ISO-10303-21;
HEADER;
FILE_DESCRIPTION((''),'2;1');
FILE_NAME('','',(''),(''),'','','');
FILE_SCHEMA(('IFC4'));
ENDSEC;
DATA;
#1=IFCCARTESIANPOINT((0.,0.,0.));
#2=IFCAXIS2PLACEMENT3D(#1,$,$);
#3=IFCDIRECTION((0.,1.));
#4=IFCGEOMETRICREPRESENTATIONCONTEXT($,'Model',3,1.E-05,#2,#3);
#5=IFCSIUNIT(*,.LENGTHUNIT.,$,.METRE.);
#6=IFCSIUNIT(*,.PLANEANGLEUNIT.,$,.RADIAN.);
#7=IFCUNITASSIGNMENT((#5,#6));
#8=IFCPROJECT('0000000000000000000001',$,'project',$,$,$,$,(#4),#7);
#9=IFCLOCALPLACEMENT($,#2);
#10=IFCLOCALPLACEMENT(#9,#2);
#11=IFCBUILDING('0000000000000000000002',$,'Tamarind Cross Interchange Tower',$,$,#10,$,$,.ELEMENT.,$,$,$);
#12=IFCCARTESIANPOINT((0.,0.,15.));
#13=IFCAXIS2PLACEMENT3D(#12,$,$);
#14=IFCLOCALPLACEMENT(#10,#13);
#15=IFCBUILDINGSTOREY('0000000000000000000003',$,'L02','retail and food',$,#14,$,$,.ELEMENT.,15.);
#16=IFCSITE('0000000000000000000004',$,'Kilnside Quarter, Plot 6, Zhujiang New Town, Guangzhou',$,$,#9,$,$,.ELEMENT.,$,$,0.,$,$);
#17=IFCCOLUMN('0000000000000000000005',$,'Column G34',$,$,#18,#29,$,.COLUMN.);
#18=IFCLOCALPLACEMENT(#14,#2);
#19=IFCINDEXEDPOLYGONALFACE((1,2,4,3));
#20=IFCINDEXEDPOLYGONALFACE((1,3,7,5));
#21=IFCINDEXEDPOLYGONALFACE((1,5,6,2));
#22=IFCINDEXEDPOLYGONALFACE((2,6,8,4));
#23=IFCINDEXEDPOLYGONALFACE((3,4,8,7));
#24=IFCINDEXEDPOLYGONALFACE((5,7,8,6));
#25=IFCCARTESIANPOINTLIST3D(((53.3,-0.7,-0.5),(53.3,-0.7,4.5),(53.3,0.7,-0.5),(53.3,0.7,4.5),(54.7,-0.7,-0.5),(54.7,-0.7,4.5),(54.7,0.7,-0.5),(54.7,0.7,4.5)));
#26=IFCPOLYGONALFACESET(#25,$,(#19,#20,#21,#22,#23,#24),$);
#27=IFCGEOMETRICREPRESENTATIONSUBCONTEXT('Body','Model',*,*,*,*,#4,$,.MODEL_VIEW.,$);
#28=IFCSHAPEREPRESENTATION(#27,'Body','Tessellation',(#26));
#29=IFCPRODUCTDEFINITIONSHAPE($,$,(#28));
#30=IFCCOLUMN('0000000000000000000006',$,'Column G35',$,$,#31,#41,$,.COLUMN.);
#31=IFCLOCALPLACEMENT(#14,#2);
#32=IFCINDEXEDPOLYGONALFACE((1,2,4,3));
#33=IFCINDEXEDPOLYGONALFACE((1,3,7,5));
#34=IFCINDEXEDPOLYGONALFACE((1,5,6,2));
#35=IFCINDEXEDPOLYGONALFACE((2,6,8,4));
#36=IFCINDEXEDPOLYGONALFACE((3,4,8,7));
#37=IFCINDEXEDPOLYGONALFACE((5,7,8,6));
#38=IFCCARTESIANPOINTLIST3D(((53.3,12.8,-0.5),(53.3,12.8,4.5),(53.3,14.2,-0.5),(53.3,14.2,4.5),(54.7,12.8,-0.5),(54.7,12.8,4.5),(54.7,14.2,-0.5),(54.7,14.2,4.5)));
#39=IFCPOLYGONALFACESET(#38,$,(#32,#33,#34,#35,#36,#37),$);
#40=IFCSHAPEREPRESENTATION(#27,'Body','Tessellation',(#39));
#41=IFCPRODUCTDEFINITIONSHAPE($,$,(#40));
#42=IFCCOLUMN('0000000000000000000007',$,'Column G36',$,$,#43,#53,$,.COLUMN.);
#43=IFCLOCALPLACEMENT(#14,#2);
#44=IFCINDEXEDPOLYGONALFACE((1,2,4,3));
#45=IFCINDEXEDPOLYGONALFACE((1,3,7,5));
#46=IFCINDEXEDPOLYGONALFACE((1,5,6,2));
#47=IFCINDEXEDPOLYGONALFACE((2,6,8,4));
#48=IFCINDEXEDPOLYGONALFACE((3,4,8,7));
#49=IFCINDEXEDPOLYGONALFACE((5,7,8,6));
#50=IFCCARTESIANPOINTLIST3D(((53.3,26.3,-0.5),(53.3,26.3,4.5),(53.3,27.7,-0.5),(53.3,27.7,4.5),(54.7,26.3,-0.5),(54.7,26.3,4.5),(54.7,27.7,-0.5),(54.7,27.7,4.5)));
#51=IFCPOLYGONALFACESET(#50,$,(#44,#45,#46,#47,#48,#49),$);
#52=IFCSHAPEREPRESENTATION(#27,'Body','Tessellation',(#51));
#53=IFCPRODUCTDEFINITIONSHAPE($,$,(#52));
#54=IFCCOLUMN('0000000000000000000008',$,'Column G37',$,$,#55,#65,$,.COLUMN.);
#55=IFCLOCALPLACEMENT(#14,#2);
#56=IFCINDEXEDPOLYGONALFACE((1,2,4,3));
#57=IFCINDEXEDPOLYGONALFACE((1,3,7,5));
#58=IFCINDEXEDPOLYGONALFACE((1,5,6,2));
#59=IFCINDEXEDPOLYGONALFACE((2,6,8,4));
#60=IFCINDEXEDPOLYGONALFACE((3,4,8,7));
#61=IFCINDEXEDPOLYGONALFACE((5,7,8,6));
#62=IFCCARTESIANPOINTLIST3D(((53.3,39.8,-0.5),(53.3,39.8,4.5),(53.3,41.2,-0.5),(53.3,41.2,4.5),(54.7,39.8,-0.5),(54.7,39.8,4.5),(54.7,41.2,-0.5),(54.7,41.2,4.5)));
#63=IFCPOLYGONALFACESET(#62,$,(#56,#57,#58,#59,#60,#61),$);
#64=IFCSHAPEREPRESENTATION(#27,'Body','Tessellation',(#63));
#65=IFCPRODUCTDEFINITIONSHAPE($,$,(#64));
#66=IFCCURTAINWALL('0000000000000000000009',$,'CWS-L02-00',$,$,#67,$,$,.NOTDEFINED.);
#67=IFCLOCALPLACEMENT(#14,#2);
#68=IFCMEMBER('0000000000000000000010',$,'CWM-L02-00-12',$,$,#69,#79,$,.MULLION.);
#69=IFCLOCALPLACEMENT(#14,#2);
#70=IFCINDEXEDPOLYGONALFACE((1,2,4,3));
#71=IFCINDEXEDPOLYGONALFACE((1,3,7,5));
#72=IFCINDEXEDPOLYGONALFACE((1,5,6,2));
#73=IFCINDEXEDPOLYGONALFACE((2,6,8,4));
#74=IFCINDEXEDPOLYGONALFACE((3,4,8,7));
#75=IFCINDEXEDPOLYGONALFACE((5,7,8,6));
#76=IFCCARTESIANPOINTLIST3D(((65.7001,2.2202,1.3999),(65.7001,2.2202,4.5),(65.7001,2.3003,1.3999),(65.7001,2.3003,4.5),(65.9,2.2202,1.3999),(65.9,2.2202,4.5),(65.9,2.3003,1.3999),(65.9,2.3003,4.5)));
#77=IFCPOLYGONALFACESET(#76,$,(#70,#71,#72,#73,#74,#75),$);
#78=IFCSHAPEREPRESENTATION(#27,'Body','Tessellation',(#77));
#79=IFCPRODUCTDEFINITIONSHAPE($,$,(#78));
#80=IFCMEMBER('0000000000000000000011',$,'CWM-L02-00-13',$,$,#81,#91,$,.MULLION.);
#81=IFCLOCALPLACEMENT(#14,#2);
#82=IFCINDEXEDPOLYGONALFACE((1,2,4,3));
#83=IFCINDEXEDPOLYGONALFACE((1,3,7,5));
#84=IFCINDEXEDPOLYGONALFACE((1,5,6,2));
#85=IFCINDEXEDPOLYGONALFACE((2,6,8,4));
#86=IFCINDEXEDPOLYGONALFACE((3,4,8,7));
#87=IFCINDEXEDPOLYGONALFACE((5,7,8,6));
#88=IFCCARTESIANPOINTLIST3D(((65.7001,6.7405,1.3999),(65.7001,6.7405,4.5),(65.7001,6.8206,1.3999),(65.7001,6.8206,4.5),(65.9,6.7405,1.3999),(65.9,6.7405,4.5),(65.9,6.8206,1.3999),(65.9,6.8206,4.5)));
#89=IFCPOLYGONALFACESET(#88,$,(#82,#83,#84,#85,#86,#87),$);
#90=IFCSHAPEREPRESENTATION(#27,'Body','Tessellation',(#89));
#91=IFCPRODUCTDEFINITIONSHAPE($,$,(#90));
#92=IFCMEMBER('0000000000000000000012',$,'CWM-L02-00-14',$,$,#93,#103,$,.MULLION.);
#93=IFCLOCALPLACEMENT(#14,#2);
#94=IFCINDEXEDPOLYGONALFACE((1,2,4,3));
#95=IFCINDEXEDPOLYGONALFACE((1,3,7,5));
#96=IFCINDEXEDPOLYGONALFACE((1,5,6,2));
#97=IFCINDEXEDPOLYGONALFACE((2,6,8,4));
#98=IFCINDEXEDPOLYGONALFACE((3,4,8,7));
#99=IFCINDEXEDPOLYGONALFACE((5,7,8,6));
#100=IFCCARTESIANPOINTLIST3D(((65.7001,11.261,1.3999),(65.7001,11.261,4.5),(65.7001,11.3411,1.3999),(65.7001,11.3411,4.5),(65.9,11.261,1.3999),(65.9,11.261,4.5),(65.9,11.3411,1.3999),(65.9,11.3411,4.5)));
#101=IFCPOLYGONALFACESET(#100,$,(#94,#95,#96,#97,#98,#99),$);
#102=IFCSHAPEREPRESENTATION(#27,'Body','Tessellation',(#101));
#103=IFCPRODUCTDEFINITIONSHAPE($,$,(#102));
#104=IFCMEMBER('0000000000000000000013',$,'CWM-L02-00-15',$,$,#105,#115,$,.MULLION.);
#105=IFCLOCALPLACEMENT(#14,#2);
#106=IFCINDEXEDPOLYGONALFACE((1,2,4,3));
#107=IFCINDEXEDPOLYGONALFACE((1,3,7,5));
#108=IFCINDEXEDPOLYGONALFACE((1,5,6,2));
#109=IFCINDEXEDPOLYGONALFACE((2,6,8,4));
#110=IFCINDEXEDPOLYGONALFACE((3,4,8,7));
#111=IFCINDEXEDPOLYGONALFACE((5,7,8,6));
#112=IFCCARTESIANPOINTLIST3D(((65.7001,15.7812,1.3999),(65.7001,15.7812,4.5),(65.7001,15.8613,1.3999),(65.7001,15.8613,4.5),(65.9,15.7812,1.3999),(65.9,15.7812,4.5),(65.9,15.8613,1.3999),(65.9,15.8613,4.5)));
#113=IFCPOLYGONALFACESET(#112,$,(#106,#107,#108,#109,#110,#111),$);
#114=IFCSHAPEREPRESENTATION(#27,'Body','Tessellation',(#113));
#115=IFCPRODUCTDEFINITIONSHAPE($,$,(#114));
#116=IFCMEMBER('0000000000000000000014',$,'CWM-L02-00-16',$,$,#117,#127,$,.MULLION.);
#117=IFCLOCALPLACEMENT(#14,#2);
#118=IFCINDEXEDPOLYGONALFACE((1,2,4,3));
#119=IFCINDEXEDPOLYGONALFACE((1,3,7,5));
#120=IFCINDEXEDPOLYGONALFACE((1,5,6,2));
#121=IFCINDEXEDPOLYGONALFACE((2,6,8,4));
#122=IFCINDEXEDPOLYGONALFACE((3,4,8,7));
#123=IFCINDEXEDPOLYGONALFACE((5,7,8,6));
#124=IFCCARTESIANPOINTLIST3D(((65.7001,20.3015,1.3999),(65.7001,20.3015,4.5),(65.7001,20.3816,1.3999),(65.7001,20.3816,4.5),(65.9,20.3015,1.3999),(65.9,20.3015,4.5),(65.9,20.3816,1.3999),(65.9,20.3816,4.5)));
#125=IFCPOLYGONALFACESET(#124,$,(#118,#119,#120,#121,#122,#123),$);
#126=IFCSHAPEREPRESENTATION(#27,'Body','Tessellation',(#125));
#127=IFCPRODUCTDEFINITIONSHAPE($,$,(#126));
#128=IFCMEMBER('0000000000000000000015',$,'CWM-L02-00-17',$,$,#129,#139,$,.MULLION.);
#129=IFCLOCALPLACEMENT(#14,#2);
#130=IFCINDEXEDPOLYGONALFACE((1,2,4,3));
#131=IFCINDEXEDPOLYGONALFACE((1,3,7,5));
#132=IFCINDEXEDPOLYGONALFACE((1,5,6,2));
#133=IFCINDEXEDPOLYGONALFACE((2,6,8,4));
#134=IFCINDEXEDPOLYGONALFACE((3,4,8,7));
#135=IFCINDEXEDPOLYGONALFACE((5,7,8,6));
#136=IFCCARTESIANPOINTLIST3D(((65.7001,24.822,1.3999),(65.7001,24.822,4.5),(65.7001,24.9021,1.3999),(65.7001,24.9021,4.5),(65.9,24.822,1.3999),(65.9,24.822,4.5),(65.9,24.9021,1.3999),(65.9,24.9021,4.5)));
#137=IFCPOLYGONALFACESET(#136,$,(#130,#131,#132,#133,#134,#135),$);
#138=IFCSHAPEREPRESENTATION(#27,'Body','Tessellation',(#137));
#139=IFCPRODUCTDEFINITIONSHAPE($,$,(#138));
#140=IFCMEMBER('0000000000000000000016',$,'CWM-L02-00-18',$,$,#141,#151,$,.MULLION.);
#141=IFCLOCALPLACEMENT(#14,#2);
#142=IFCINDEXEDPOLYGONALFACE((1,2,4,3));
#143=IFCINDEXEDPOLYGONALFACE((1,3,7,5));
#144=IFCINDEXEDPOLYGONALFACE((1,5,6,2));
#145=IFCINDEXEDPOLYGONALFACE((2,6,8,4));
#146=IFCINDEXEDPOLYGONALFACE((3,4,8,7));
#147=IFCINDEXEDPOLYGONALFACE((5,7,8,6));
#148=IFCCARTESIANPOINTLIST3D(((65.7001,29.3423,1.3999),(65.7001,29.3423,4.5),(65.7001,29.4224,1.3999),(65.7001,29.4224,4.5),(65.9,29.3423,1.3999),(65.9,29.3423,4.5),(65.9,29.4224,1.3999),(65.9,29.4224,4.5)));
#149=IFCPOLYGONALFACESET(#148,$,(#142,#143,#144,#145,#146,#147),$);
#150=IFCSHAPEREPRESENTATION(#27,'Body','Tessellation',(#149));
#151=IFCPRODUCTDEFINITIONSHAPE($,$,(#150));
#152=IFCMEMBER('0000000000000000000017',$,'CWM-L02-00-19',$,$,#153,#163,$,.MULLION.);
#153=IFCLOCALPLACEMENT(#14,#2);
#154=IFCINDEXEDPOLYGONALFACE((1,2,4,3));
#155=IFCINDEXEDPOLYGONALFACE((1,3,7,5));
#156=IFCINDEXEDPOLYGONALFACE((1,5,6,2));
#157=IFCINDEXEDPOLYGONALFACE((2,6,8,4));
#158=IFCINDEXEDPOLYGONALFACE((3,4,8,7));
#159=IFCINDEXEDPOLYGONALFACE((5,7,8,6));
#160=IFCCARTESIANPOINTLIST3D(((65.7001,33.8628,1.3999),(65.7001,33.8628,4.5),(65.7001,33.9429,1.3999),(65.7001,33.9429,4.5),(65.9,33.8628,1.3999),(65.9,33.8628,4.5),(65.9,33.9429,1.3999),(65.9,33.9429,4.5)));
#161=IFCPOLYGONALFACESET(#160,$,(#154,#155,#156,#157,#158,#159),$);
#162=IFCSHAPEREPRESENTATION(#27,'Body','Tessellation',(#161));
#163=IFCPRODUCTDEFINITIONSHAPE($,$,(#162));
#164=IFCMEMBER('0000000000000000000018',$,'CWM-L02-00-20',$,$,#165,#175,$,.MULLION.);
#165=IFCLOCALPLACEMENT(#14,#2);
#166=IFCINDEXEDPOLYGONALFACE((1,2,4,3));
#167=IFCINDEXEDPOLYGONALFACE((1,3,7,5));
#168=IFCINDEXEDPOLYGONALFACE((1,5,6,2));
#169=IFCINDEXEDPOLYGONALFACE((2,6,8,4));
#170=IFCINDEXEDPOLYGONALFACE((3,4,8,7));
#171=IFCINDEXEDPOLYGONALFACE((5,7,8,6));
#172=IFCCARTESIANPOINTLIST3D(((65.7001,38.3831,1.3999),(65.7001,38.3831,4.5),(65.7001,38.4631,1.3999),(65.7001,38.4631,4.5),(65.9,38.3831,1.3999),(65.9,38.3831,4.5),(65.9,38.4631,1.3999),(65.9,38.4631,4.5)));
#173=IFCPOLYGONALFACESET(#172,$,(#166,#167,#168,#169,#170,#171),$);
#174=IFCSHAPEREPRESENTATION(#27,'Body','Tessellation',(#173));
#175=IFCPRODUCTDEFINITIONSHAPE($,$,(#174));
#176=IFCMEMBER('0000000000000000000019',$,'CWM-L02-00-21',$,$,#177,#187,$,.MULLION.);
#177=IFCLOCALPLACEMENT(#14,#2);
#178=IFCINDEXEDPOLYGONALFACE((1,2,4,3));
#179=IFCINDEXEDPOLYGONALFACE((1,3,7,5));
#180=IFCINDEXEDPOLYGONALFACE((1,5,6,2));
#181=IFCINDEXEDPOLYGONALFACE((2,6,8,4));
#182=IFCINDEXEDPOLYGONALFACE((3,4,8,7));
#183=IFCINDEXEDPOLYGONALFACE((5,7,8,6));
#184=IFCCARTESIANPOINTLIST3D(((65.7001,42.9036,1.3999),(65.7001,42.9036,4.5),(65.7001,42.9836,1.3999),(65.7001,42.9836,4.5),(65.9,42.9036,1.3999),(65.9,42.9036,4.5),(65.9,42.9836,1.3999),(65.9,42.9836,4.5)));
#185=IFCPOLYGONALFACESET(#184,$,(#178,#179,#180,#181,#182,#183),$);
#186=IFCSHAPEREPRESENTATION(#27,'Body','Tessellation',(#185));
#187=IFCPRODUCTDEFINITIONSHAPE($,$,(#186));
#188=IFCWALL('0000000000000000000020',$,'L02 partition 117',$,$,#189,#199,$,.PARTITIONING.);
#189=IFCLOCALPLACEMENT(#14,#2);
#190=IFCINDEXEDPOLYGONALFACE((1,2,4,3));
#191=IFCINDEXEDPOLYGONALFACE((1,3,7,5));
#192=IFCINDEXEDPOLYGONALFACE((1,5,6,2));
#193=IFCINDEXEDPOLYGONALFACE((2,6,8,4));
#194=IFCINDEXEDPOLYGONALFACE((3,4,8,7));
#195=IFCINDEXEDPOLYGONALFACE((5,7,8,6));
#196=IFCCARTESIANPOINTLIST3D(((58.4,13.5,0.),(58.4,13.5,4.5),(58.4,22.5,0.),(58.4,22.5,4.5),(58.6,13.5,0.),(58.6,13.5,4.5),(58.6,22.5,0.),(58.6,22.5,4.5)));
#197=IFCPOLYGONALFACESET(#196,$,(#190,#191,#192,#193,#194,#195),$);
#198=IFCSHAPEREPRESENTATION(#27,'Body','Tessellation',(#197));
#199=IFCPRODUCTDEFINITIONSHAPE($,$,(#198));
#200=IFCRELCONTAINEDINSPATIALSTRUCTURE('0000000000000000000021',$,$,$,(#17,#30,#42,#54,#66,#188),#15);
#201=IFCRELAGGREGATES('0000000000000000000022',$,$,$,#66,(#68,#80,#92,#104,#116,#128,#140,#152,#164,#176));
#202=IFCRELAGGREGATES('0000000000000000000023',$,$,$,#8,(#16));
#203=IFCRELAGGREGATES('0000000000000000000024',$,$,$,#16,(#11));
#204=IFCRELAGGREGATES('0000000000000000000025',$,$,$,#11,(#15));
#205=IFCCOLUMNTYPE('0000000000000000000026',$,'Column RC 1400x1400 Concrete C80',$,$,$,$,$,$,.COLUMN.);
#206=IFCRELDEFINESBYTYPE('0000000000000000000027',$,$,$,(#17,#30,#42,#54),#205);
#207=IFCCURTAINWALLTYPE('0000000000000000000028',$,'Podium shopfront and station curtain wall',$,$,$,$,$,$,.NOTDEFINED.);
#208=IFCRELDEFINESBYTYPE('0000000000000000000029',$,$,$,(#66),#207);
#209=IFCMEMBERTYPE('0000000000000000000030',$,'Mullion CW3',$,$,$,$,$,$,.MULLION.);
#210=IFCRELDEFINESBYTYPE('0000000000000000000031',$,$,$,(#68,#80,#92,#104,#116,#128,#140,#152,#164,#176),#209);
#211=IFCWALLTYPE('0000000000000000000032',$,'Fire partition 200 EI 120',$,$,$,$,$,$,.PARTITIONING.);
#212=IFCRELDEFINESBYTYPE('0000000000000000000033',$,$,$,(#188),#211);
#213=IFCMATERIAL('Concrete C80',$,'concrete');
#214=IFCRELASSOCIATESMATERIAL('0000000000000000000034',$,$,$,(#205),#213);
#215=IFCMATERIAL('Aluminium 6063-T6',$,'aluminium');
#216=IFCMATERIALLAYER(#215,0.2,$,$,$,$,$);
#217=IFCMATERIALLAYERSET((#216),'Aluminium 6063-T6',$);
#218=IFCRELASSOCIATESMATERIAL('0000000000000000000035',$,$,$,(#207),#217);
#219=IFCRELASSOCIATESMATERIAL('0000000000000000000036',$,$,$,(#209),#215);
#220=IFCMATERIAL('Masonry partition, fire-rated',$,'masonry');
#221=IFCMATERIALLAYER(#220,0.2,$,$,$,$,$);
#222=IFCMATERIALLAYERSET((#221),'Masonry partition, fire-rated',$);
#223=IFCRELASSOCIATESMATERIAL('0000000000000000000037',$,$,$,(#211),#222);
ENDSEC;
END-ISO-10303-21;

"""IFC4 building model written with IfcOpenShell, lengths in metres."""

from ifc_helpers import new_model, si_unit, direction, frame, frame_2d, origin, origin_2d, place, context, subcontext, project, spatial, rectangle, extrude, material, layer, layer_set, material_profile, profile_set, type_object, element, aggregate, save


model = new_model("IFC4")

# Units and contexts
model_context = context("Model", 3, precision=1e-05, world=origin(), true_north=direction((0.0, 1.0)))
body_context = subcontext(model_context, "Body", "Model", "MODEL_VIEW")
ifc_project = project(units=[si_unit("LENGTHUNIT", "METRE"), si_unit("PLANEANGLEUNIT", "RADIAN")], contexts=[model_context])

# Site, building, storey
site_placement = place(None, origin())
site = spatial("IfcSite", under=ifc_project, at=site_placement, Name="Kilnside Quarter, Plot 6, Zhujiang New Town, Guangzhou", CompositionType="ELEMENT", RefElevation=0.0)
building_placement = place(site_placement, origin())
building = spatial("IfcBuilding", under=site, at=building_placement, Name="Tamarind Cross Interchange Tower", CompositionType="ELEMENT")
storey_placement = place(building_placement, frame((0.0, 0.0, 15.0)))
storey = spatial("IfcBuildingStorey", under=building, at=storey_placement, Name="L02", Description="retail and food", CompositionType="ELEMENT", Elevation=15.0)

# Columns
ifc_material_1 = material(Name="Concrete C80", Category="concrete")
ifc_material_profile_1 = material_profile(ifc_material_1, rectangle(XDim=1.3999, YDim=1.3999, at=origin_2d()), Name="RC 1400x1400")
ifc_profile_set_1 = profile_set([ifc_material_profile_1], Name="Concrete C80")
column_type = type_object("IfcColumnType", Name="Column RC 1400x1400 Concrete C80", PredefinedType="COLUMN", material=ifc_profile_set_1)
for number, where, z_axis, x_axis, name in (
    (1, (54.0, 0.0, -0.5), (0.0, 0.0, 1.0), (1.0, 0.0, 0.0), "Column G34"),
    (2, (54.0, 13.5, -0.5), (0.0, 0.0, 1.0), (1.0, 0.0, 0.0), "Column G35"),
    (3, (54.0, 27.0, -0.5), (0.0, 0.0, 1.0), (1.0, 0.0, 0.0), "Column G36"),
    (4, (54.0, 40.5, -0.5), (0.0, 0.0, 1.0), (1.0, 0.0, 0.0), "Column G37"),
):
    element("IfcColumn", number, at=place(storey_placement, frame(where, z_axis=z_axis, x_axis=x_axis)), inside=storey, type_object=column_type, Name=name, PredefinedType="COLUMN", context=body_context, shape_type="SweptSolid", body=[
        extrude(rectangle(XDim=1.3999, YDim=1.3999, at=origin_2d()), origin(), (0.0, 0.0, 1.0), 5.0),
    ])

# Curtain wall, members
ifc_material_2 = material(Name="Aluminium 6063-T6", Category="aluminium")
ifc_layer_1 = layer(ifc_material_2, 0.2)
ifc_layer_set_1 = layer_set([ifc_layer_1], Name="Aluminium 6063-T6")
curtain_wall_type = type_object("IfcCurtainWallType", Name="Podium shopfront and station curtain wall", PredefinedType="NOTDEFINED", material=ifc_layer_set_1)
curtain_wall_placement = place(storey_placement, origin())
curtain_wall = element("IfcCurtainWall", 5, at=curtain_wall_placement, inside=storey, type_object=curtain_wall_type, Name="CWS-L02-00", PredefinedType="NOTDEFINED")
ifc_material_profile_2 = material_profile(ifc_material_2, rectangle(XDim=0.0801, YDim=0.2, at=origin_2d()), Name="Mullion CW3")
ifc_profile_set_2 = profile_set([ifc_material_profile_2], Name="Aluminium 6063-T6")
member_type = type_object("IfcMemberType", Name="Mullion CW3", PredefinedType="MULLION", material=ifc_profile_set_2)
member_1_placement = place(storey_placement, frame((65.8, 2.2603, 1.3999), z_axis=(0.0, 0.0, 1.0), x_axis=(0.0, 1.0, 0.0)))
member_1 = element("IfcMember", 6, at=member_1_placement, type_object=member_type, Name="CWM-L02-00-12", PredefinedType="MULLION", context=body_context, shape_type="SweptSolid", body=[
    extrude(rectangle(XDim=0.0801, YDim=0.2, at=origin_2d()), origin(), (0.0, 0.0, 1.0), 3.1001),
])
member_2_placement = place(storey_placement, frame((65.8, 6.7805, 1.3999), z_axis=(0.0, 0.0, 1.0), x_axis=(0.0, 1.0, 0.0)))
member_2 = element("IfcMember", 7, at=member_2_placement, type_object=member_type, Name="CWM-L02-00-13", PredefinedType="MULLION", context=body_context, shape_type="SweptSolid", body=[
    extrude(rectangle(XDim=0.0801, YDim=0.2, at=origin_2d()), origin(), (0.0, 0.0, 1.0), 3.1001),
])
member_3_placement = place(storey_placement, frame((65.8, 11.301, 1.3999), z_axis=(0.0, 0.0, 1.0), x_axis=(0.0, 1.0, 0.0)))
member_3 = element("IfcMember", 8, at=member_3_placement, type_object=member_type, Name="CWM-L02-00-14", PredefinedType="MULLION", context=body_context, shape_type="SweptSolid", body=[
    extrude(rectangle(XDim=0.0801, YDim=0.2, at=origin_2d()), origin(), (0.0, 0.0, 1.0), 3.1001),
])
member_4_placement = place(storey_placement, frame((65.8, 15.8213, 1.3999), z_axis=(0.0, 0.0, 1.0), x_axis=(0.0, 1.0, 0.0)))
member_4 = element("IfcMember", 9, at=member_4_placement, type_object=member_type, Name="CWM-L02-00-15", PredefinedType="MULLION", context=body_context, shape_type="SweptSolid", body=[
    extrude(rectangle(XDim=0.0801, YDim=0.2, at=origin_2d()), origin(), (0.0, 0.0, 1.0), 3.1001),
])
member_5_placement = place(storey_placement, frame((65.8, 20.3416, 1.3999), z_axis=(0.0, 0.0, 1.0), x_axis=(0.0, 1.0, 0.0)))
member_5 = element("IfcMember", 10, at=member_5_placement, type_object=member_type, Name="CWM-L02-00-16", PredefinedType="MULLION", context=body_context, shape_type="SweptSolid", body=[
    extrude(rectangle(XDim=0.0801, YDim=0.2, at=origin_2d()), origin(), (0.0, 0.0, 1.0), 3.1001),
])
member_6_placement = place(storey_placement, frame((65.8, 24.8621, 1.3999), z_axis=(0.0, 0.0, 1.0), x_axis=(0.0, 1.0, 0.0)))
member_6 = element("IfcMember", 11, at=member_6_placement, type_object=member_type, Name="CWM-L02-00-17", PredefinedType="MULLION", context=body_context, shape_type="SweptSolid", body=[
    extrude(rectangle(XDim=0.0801, YDim=0.2, at=origin_2d()), origin(), (0.0, 0.0, 1.0), 3.1001),
])
member_7_placement = place(storey_placement, frame((65.8, 29.3823, 1.3999), z_axis=(0.0, 0.0, 1.0), x_axis=(0.0, 1.0, 0.0)))
member_7 = element("IfcMember", 12, at=member_7_placement, type_object=member_type, Name="CWM-L02-00-18", PredefinedType="MULLION", context=body_context, shape_type="SweptSolid", body=[
    extrude(rectangle(XDim=0.0801, YDim=0.2, at=origin_2d()), origin(), (0.0, 0.0, 1.0), 3.1001),
])
member_8_placement = place(storey_placement, frame((65.8, 33.9028, 1.3999), z_axis=(0.0, 0.0, 1.0), x_axis=(0.0, 1.0, 0.0)))
member_8 = element("IfcMember", 13, at=member_8_placement, type_object=member_type, Name="CWM-L02-00-19", PredefinedType="MULLION", context=body_context, shape_type="SweptSolid", body=[
    extrude(rectangle(XDim=0.0801, YDim=0.2, at=origin_2d()), origin(), (0.0, 0.0, 1.0), 3.1001),
])
member_9_placement = place(storey_placement, frame((65.8, 38.4231, 1.3999), z_axis=(0.0, 0.0, 1.0), x_axis=(0.0, 1.0, 0.0)))
member_9 = element("IfcMember", 14, at=member_9_placement, type_object=member_type, Name="CWM-L02-00-20", PredefinedType="MULLION", context=body_context, shape_type="SweptSolid", body=[
    extrude(rectangle(XDim=0.0801, YDim=0.2, at=origin_2d()), origin(), (0.0, 0.0, 1.0), 3.1001),
])
member_10_placement = place(storey_placement, frame((65.8, 42.9436, 1.3999), z_axis=(0.0, 0.0, 1.0), x_axis=(0.0, 1.0, 0.0)))
member_10 = element("IfcMember", 15, at=member_10_placement, type_object=member_type, Name="CWM-L02-00-21", PredefinedType="MULLION", context=body_context, shape_type="SweptSolid", body=[
    extrude(rectangle(XDim=0.0801, YDim=0.2, at=origin_2d()), origin(), (0.0, 0.0, 1.0), 3.1001),
])
aggregate(curtain_wall, [member_1, member_2, member_3, member_4, member_5, member_6, member_7, member_8, member_9, member_10])

# Wall
ifc_material_3 = material(Name="Masonry partition, fire-rated", Category="masonry")
ifc_layer_2 = layer(ifc_material_3, 0.2)
ifc_layer_set_2 = layer_set([ifc_layer_2], Name="Masonry partition, fire-rated")
wall_type_1 = type_object("IfcWallType", Name="Fire partition 200 EI 120", PredefinedType="PARTITIONING", material=ifc_layer_set_2)
wall_1_placement = place(storey_placement, frame((58.5, 13.5, 0.0), z_axis=(0.0, 0.0, 1.0), x_axis=(0.0, 1.0, 0.0)))
element("IfcWall", 16, at=wall_1_placement, inside=storey, type_object=wall_type_1, Name="L02 partition 117", PredefinedType="PARTITIONING", context=body_context, shape_type="SweptSolid", body=[
    extrude(rectangle(XDim=9.0, YDim=0.2, at=frame_2d((4.5, 0.0))), origin(), (0.0, 0.0, 1.0), 4.5),
])

save(model, "model.ifc")
